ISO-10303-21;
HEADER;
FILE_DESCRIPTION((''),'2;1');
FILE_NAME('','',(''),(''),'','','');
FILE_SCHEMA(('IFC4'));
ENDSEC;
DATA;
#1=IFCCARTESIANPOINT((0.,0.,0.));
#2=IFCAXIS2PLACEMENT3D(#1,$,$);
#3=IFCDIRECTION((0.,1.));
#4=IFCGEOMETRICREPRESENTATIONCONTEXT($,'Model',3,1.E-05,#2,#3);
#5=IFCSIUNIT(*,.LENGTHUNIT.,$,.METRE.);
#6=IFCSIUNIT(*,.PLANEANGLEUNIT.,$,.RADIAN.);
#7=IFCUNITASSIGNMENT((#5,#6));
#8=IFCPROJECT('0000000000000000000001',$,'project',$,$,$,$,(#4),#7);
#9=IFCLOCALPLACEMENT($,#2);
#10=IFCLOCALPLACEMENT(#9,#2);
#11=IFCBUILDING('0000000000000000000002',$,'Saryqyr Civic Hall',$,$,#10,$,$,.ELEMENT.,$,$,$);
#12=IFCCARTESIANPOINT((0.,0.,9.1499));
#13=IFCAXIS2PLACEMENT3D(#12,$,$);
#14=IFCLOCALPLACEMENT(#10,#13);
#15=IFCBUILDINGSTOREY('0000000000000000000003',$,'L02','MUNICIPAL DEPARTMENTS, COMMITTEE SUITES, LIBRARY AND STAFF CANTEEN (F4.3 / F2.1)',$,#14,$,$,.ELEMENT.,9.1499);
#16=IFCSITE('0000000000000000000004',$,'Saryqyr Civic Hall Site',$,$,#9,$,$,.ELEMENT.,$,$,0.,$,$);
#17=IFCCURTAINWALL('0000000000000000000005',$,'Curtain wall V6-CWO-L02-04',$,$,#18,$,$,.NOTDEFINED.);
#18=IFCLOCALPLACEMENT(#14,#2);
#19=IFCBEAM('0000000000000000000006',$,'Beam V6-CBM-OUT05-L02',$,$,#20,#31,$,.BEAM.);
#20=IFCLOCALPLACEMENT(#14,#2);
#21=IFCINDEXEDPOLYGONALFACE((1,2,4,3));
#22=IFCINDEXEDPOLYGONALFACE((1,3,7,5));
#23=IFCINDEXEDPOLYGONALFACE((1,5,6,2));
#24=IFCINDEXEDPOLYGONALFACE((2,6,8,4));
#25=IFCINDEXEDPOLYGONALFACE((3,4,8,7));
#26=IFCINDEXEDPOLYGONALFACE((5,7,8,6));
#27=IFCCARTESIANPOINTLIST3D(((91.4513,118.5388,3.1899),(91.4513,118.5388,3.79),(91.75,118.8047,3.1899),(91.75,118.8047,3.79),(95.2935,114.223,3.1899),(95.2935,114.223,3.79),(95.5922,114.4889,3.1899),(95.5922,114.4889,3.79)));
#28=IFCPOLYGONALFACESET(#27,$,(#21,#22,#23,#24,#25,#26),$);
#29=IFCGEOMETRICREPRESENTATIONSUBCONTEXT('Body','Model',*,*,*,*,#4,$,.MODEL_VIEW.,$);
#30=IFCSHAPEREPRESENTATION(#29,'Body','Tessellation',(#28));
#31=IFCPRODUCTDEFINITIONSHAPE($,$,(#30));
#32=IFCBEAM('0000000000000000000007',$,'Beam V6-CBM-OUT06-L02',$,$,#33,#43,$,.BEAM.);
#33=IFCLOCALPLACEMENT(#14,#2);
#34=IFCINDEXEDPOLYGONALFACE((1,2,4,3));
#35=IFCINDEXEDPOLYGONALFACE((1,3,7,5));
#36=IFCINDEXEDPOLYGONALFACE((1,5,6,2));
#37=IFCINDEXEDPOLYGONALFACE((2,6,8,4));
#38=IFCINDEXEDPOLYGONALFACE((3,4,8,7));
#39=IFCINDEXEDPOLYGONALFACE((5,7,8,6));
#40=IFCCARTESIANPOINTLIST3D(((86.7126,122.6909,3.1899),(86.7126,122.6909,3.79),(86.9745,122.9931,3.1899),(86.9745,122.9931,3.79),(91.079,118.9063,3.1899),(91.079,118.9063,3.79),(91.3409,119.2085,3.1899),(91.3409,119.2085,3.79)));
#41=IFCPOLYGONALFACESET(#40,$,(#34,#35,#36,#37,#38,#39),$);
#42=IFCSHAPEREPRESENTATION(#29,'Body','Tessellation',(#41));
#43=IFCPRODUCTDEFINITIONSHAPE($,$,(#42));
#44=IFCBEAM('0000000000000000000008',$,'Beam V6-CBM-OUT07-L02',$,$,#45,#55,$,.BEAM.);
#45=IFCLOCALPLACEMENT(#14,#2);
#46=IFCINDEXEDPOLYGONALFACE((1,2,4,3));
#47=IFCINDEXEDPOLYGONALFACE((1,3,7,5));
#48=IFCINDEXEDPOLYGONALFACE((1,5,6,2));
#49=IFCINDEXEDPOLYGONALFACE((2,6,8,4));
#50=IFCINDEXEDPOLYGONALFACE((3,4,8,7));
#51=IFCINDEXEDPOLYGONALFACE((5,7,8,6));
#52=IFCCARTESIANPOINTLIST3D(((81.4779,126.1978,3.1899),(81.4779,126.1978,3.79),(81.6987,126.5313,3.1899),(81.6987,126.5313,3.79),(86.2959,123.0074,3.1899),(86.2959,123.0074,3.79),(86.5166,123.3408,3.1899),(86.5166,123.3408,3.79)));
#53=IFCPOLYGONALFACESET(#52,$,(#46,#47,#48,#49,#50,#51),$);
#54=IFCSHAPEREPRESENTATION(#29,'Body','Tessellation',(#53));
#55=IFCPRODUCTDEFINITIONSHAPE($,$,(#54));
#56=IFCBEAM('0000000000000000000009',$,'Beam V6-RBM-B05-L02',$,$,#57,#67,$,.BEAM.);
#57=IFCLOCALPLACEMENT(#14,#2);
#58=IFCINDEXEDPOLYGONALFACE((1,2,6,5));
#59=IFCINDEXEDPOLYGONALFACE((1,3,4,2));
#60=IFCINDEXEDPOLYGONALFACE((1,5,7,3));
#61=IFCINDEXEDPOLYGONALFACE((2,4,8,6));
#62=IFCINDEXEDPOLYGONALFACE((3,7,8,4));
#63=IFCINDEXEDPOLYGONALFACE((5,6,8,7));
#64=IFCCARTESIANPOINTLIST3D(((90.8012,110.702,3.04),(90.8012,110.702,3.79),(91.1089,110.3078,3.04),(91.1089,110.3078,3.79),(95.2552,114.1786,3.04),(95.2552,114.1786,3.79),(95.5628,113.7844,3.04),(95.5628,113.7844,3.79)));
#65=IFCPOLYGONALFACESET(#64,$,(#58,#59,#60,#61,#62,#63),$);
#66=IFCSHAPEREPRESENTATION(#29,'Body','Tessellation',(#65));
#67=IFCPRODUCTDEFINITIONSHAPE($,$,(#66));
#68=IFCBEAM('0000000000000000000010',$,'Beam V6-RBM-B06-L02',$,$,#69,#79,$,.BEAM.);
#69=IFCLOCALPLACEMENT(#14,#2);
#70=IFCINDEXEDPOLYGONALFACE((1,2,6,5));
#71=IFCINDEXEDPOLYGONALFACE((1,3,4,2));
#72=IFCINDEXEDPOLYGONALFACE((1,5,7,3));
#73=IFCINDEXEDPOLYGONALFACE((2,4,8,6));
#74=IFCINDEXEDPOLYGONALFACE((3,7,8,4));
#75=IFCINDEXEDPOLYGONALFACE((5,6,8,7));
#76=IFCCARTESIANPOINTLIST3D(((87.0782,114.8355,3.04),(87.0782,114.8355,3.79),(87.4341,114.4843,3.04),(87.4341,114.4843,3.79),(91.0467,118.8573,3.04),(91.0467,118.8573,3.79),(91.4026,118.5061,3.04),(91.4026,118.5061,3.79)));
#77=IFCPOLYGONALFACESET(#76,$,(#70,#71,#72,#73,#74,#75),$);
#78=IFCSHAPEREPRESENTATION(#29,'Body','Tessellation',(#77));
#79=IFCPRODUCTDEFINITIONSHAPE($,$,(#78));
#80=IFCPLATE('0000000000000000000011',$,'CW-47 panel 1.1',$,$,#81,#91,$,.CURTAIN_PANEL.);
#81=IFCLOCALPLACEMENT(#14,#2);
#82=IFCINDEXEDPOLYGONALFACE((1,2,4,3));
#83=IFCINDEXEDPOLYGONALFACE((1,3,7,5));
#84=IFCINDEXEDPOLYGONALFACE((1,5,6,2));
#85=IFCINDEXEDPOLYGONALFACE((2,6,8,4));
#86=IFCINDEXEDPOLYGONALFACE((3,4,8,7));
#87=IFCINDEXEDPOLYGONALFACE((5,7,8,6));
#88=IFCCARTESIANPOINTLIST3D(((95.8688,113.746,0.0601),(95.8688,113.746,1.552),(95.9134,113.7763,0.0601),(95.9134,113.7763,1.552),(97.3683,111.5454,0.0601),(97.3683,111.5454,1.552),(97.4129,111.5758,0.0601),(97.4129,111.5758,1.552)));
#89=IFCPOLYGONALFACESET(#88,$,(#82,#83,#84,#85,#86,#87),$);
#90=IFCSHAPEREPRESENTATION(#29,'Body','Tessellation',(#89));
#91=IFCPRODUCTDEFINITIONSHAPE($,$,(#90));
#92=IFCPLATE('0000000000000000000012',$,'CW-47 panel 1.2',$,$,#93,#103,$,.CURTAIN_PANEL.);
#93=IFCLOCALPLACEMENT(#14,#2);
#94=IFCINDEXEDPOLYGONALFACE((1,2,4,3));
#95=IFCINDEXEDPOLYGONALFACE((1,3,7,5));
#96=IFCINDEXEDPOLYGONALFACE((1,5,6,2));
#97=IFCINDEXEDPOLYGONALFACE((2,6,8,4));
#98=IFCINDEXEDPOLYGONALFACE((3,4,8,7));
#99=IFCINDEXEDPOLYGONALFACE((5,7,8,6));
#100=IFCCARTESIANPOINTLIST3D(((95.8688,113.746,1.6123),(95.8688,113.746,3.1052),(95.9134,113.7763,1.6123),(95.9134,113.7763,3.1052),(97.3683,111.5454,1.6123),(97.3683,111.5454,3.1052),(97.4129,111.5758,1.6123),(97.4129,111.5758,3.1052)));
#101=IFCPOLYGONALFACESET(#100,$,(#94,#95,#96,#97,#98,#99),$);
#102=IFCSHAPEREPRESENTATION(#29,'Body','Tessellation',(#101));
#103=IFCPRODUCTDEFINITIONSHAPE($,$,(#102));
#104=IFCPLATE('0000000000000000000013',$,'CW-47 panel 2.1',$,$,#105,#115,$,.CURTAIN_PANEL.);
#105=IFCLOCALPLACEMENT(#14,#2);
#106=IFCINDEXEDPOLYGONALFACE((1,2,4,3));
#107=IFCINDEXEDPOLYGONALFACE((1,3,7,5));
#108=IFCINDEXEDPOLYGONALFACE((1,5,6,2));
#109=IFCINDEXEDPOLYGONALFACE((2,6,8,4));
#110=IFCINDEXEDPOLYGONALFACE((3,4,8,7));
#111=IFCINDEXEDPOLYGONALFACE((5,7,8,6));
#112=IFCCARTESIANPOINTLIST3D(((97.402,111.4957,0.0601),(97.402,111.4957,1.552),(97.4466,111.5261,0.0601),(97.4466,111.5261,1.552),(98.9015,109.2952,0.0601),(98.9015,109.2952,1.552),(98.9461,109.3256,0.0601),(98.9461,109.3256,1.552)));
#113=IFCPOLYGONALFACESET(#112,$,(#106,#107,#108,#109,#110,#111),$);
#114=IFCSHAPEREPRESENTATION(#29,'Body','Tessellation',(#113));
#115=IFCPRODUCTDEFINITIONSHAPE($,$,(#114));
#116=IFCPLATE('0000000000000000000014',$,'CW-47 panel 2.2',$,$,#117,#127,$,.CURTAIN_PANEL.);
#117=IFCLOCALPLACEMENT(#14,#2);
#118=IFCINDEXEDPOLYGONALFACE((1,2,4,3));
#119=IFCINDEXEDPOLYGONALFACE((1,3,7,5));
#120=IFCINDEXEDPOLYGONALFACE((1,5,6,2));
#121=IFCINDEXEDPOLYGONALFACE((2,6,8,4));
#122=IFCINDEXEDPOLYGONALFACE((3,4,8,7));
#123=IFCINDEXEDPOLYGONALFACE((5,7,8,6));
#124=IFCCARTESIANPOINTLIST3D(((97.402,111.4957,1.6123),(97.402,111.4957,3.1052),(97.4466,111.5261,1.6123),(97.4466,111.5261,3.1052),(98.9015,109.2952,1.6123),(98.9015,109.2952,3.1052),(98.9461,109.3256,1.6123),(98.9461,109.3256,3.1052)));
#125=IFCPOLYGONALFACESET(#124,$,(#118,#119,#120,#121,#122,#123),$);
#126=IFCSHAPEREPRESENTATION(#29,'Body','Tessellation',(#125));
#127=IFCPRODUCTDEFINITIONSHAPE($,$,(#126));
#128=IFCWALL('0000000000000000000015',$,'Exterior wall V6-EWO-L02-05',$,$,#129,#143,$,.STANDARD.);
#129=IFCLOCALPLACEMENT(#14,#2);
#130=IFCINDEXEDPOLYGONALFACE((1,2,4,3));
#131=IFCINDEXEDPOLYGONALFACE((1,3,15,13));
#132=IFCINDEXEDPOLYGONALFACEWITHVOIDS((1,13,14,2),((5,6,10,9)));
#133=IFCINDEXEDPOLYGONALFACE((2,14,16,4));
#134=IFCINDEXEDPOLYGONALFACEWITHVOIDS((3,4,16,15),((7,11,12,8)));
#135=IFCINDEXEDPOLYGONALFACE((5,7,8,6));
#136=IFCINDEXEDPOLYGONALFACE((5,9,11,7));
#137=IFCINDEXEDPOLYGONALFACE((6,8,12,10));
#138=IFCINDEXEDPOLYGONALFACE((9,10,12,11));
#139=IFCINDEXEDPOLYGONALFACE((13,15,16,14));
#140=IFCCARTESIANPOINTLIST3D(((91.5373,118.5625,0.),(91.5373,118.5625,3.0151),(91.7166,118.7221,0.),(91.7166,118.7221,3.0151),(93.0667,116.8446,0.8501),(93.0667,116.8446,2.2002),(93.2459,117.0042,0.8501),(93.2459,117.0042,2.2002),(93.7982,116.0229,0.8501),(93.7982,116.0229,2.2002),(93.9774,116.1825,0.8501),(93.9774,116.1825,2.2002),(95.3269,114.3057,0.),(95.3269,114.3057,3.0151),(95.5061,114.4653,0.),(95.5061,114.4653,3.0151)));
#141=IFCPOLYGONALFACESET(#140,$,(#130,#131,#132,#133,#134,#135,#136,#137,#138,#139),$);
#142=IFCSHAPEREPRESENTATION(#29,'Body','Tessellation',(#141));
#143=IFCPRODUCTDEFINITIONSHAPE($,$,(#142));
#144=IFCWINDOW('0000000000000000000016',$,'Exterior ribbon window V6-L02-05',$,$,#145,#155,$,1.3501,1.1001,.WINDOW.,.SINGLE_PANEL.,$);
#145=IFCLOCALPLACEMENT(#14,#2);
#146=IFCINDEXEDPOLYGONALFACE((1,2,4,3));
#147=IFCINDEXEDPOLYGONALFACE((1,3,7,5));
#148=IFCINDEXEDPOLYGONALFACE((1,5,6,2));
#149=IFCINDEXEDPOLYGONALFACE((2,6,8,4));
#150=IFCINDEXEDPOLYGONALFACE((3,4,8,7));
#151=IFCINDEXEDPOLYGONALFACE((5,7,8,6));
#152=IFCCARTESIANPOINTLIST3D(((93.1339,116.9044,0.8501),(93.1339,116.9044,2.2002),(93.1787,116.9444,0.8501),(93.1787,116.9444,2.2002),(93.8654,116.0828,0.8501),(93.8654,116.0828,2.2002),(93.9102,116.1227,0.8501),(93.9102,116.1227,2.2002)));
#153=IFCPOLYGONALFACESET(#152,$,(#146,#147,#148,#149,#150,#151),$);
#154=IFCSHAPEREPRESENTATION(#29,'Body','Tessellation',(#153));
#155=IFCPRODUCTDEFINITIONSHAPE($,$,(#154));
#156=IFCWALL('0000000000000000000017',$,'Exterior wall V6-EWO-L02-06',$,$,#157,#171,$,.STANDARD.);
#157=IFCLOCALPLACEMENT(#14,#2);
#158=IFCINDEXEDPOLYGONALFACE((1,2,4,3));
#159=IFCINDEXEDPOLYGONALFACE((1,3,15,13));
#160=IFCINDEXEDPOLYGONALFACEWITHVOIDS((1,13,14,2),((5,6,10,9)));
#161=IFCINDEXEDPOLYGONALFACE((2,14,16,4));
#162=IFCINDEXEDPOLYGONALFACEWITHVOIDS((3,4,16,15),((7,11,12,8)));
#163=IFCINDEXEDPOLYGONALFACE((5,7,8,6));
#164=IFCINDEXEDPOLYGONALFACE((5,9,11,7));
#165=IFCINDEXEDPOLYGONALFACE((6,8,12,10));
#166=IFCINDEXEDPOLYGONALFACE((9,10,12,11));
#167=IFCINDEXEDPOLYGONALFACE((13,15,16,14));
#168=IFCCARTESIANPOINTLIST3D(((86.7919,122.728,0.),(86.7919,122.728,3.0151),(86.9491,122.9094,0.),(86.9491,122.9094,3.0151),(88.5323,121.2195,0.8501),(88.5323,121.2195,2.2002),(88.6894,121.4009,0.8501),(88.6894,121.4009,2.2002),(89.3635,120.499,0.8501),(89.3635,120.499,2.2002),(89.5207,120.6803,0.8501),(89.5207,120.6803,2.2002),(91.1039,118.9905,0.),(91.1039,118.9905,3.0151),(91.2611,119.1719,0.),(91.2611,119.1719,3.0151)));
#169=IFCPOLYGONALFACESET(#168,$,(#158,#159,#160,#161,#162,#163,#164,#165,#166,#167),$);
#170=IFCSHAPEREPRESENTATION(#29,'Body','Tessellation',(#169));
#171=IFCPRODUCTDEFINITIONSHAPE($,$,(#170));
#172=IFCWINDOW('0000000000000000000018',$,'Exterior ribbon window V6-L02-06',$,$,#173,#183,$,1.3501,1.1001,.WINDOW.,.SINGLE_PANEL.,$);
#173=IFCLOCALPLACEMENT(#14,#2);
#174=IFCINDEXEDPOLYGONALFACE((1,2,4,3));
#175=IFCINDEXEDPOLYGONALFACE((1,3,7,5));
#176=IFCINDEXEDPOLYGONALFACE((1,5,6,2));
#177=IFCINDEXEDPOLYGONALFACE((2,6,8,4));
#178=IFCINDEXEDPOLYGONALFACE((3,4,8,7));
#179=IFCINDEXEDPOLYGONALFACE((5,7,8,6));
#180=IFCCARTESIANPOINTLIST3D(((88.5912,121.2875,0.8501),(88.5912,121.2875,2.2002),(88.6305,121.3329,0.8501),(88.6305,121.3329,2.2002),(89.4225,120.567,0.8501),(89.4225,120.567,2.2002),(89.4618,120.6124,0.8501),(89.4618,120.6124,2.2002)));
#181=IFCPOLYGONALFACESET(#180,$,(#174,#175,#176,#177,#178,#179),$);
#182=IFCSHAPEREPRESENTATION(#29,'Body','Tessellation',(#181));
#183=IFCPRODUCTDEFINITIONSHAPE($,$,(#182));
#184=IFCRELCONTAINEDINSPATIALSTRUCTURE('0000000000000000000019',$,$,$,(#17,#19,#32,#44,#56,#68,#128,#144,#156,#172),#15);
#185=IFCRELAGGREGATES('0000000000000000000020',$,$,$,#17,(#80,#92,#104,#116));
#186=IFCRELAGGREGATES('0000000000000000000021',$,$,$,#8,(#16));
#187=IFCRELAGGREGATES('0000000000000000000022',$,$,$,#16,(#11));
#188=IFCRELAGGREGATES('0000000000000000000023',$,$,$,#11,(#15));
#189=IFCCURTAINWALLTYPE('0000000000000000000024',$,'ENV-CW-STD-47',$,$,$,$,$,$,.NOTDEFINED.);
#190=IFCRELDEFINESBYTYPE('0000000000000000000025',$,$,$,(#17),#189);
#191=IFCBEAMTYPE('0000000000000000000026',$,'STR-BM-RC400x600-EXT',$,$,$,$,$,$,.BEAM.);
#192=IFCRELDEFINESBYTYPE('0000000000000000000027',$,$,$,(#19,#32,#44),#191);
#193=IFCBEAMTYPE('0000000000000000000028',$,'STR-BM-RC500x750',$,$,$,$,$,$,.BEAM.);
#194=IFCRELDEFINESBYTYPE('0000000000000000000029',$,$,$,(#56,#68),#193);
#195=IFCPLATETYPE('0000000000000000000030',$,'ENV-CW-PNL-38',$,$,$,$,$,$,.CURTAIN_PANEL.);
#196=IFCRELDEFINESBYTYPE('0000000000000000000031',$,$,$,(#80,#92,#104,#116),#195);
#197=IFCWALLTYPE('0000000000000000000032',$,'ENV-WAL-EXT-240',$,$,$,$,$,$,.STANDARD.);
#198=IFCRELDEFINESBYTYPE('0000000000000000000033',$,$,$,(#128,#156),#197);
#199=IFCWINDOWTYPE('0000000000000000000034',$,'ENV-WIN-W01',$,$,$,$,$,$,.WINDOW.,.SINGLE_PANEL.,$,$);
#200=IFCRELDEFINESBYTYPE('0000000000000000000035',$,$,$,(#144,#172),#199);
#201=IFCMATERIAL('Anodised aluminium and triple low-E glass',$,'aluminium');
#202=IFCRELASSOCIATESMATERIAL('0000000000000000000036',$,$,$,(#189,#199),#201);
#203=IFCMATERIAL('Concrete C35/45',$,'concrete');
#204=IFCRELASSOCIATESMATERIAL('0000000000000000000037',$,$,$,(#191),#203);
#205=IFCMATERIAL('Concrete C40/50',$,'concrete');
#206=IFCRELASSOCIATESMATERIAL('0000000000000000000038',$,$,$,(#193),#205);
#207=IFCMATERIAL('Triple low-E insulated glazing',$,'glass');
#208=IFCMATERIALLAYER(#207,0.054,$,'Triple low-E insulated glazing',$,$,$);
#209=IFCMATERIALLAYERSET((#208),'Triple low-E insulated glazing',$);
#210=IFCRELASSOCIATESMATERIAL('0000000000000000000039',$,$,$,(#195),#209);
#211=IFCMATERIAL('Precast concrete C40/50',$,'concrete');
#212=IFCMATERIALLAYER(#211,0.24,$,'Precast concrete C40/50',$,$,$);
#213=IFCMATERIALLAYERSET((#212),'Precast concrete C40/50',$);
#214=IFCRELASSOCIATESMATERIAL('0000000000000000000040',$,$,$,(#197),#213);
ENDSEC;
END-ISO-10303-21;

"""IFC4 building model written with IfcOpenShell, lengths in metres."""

from ifc_helpers import new_model, si_unit, direction, frame, frame_2d, origin, origin_2d, place, context, subcontext, project, spatial, rectangle, extrude, material, layer, layer_set, material_profile, profile_set, type_object, element, fill, aggregate, save


model = new_model("IFC4")

# Units and contexts
model_context = context("Model", 3, precision=1e-05, world=origin(), true_north=direction((0.0, 1.0)))
body_context = subcontext(model_context, "Body", "Model", "MODEL_VIEW")
ifc_project = project(units=[si_unit("LENGTHUNIT", "METRE"), si_unit("PLANEANGLEUNIT", "RADIAN")], contexts=[model_context])

# Site, building, storey
site_placement = place(None, origin())
site = spatial("IfcSite", under=ifc_project, at=site_placement, Name="Saryqyr Civic Hall Site", CompositionType="ELEMENT", RefElevation=0.0)
building_placement = place(site_placement, origin())
building = spatial("IfcBuilding", under=site, at=building_placement, Name="Saryqyr Civic Hall", CompositionType="ELEMENT")
storey_placement = place(building_placement, frame((0.0, 0.0, 9.1499)))
storey = spatial("IfcBuildingStorey", under=building, at=storey_placement, Name="L02", Description="MUNICIPAL DEPARTMENTS, COMMITTEE SUITES, LIBRARY AND STAFF CANTEEN (F4.3 / F2.1)", CompositionType="ELEMENT", Elevation=9.1499)

# Shared definitions
ifc_material_1 = material(Name="Concrete C40/50", Category="concrete")

# Curtain wall
ifc_material_2 = material(Name="Anodised aluminium and triple low-E glass", Category="aluminium")
curtain_wall_type = type_object("IfcCurtainWallType", Name="ENV-CW-STD-47", PredefinedType="NOTDEFINED", material=ifc_material_2)
curtain_wall_placement = place(storey_placement, origin())
curtain_wall = element("IfcCurtainWall", 1, at=curtain_wall_placement, inside=storey, type_object=curtain_wall_type, Name="Curtain wall V6-CWO-L02-04", PredefinedType="NOTDEFINED")

# Beams
ifc_material_3 = material(Name="Concrete C35/45", Category="concrete")
ifc_material_profile_1 = material_profile(ifc_material_3, rectangle(XDim=0.3999, YDim=0.6001, at=origin_2d()), Name="RC 400x600")
ifc_profile_set_1 = profile_set([ifc_material_profile_1], Name="Concrete C35/45")
beam_type_1 = type_object("IfcBeamType", Name="STR-BM-RC400x600-EXT", PredefinedType="BEAM", material=ifc_profile_set_1)
for number, where, z_axis, x_axis, name in (
    (2, (95.4429, 114.356, 3.49), (-0.664935, 0.746901, 0.0), (-0.746901, -0.664935, 0.0), "Beam V6-CBM-OUT05-L02"),
    (3, (91.21, 119.0574, 3.49), (-0.755654, 0.654971, 0.0), (-0.654971, -0.755654, 0.0), "Beam V6-CBM-OUT06-L02"),
):
    element("IfcBeam", number, at=place(storey_placement, frame(where, z_axis=z_axis, x_axis=x_axis)), inside=storey, type_object=beam_type_1, Name=name, PredefinedType="BEAM", context=body_context, shape_type="SweptSolid", body=[
        extrude(rectangle(XDim=0.3999, YDim=0.6001, at=origin_2d()), origin(), (0.0, 0.0, 1.0), 5.7783),
    ])
beam_1_placement = place(storey_placement, frame((86.4062, 123.1741, 3.49), z_axis=(-0.833762, 0.552124, 0.0), x_axis=(-0.552124, -0.833762, 0.0)))
element("IfcBeam", 4, at=beam_1_placement, inside=storey, type_object=beam_type_1, Name="Beam V6-CBM-OUT07-L02", PredefinedType="BEAM", context=body_context, shape_type="SweptSolid", body=[
    extrude(rectangle(XDim=0.3999, YDim=0.6001, at=origin_2d()), origin(), (0.0, 0.0, 1.0), 5.7786),
])
ifc_material_profile_2 = material_profile(ifc_material_1, rectangle(XDim=0.5, YDim=0.75, at=origin_2d()), Name="RC 500x750")
ifc_profile_set_2 = profile_set([ifc_material_profile_2], Name="Concrete C40/50")
beam_type_2 = type_object("IfcBeamType", Name="STR-BM-RC500x750", PredefinedType="BEAM", material=ifc_profile_set_2)
for number, where, z_axis, x_axis, name in (
    (5, (90.9551, 110.5049, 3.415), (0.788283, 0.615313, 0.0), (-0.615313, 0.788283, 0.0), "Beam V6-RBM-B05-L02"),
    (6, (87.2561, 114.6599, 3.415), (0.702381, 0.711801, 0.0), (-0.711801, 0.702381, 0.0), "Beam V6-RBM-B06-L02"),
):
    element("IfcBeam", number, at=place(storey_placement, frame(where, z_axis=z_axis, x_axis=x_axis)), inside=storey, type_object=beam_type_2, Name=name, PredefinedType="BEAM", context=body_context, shape_type="SweptSolid", body=[
        extrude(rectangle(XDim=0.5, YDim=0.75, at=origin_2d()), origin(), (0.0, 0.0, 1.0), 5.6501),
    ])

# Plates
ifc_material_4 = material(Name="Triple low-E insulated glazing", Category="glass")
ifc_layer_1 = layer(ifc_material_4, 0.054, Name="Triple low-E insulated glazing")
ifc_layer_set_1 = layer_set([ifc_layer_1], Name="Triple low-E insulated glazing")
plate_type = type_object("IfcPlateType", Name="ENV-CW-PNL-38", PredefinedType="CURTAIN_PANEL", material=ifc_layer_set_1)
plate_1_placement = place(storey_placement, frame((96.6409, 112.6609, 0.0601), z_axis=(0.0, 0.0, 1.0), x_axis=(0.563118, -0.826377, 0.0)))
plate_1 = element("IfcPlate", 7, at=plate_1_placement, type_object=plate_type, Name="CW-47 panel 1.1", PredefinedType="CURTAIN_PANEL", context=body_context, shape_type="SweptSolid", body=[
    extrude(rectangle(XDim=2.6628, YDim=0.054, at=origin_2d()), origin(), (0.0, 0.0, 1.0), 1.4919),
])
plate_2_placement = place(storey_placement, frame((96.6409, 112.6609, 1.6123), z_axis=(0.0, 0.0, 1.0), x_axis=(0.563118, -0.826377, 0.0)))
plate_2 = element("IfcPlate", 8, at=plate_2_placement, type_object=plate_type, Name="CW-47 panel 1.2", PredefinedType="CURTAIN_PANEL", context=body_context, shape_type="SweptSolid", body=[
    extrude(rectangle(XDim=2.6628, YDim=0.054, at=origin_2d()), origin(), (0.0, 0.0, 1.0), 1.4929),
])
plate_3_placement = place(storey_placement, frame((98.1741, 110.4106, 0.0601), z_axis=(0.0, 0.0, 1.0), x_axis=(0.563118, -0.826377, 0.0)))
plate_3 = element("IfcPlate", 9, at=plate_3_placement, type_object=plate_type, Name="CW-47 panel 2.1", PredefinedType="CURTAIN_PANEL", context=body_context, shape_type="SweptSolid", body=[
    extrude(rectangle(XDim=2.6628, YDim=0.054, at=origin_2d()), origin(), (0.0, 0.0, 1.0), 1.4919),
])
plate_4_placement = place(storey_placement, frame((98.1741, 110.4106, 1.6123), z_axis=(0.0, 0.0, 1.0), x_axis=(0.563118, -0.826377, 0.0)))
plate_4 = element("IfcPlate", 10, at=plate_4_placement, type_object=plate_type, Name="CW-47 panel 2.2", PredefinedType="CURTAIN_PANEL", context=body_context, shape_type="SweptSolid", body=[
    extrude(rectangle(XDim=2.6628, YDim=0.054, at=origin_2d()), origin(), (0.0, 0.0, 1.0), 1.4929),
])
aggregate(curtain_wall, [plate_1, plate_2, plate_3, plate_4])

# Walls, openings, windows
ifc_material_5 = material(Name="Precast concrete C40/50", Category="concrete")
ifc_layer_2 = layer(ifc_material_5, 0.24, Name="Precast concrete C40/50")
ifc_layer_set_2 = layer_set([ifc_layer_2], Name="Precast concrete C40/50")
wall_type_1 = type_object("IfcWallType", Name="ENV-WAL-EXT-240", PredefinedType="STANDARD", material=ifc_layer_set_2)
wall_1_placement = place(storey_placement, frame((91.627, 118.6423, 0.0), z_axis=(0.0, 0.0, 1.0), x_axis=(0.664922, -0.746913, 0.0)))
wall_1 = element("IfcWall", 11, at=wall_1_placement, inside=storey, type_object=wall_type_1, Name="Exterior wall V6-EWO-L02-05", PredefinedType="STANDARD", context=body_context, shape_type="SweptSolid", body=[
    extrude(rectangle(XDim=5.6992, YDim=0.24, at=frame_2d((2.8496, 0.0))), origin(), (0.0, 0.0, 1.0), 3.0151),
])
opening_1_placement = place(wall_1_placement, frame((2.3, 0.0, 0.8501)))
opening_1 = element("IfcOpeningElement", 12, at=opening_1_placement, cuts=wall_1, PredefinedType="OPENING", context=body_context, shape_type="SweptSolid", body=[
    extrude(rectangle(XDim=1.1001, YDim=1.3501, at=frame_2d((0.55, 0.675))), frame((0.0, 0.1299, 0.0), z_axis=(0.0, -1.0, 0.0), x_axis=(1.0, 0.0, 0.0)), (0.0, 0.0, 1.0), 0.26),
])
window_type = type_object("IfcWindowType", Name="ENV-WIN-W01", PartitioningType="SINGLE_PANEL", PredefinedType="WINDOW", material=ifc_material_2)
window_1_placement = place(opening_1_placement, origin())
window_1 = element("IfcWindow", 13, at=window_1_placement, inside=storey, type_object=window_type, Name="Exterior ribbon window V6-L02-05", OverallHeight=1.3501, OverallWidth=1.1001, PartitioningType="SINGLE_PANEL", PredefinedType="WINDOW", context=body_context, shape_type="SweptSolid", body=[
    extrude(rectangle(XDim=1.1001, YDim=1.3501, at=frame_2d((0.55, 0.675))), frame((0.0, 0.03, 0.0), z_axis=(0.0, -1.0, 0.0), x_axis=(1.0, 0.0, 0.0)), (0.0, 0.0, 1.0), 0.0601),
])
fill(opening_1, window_1)
wall_2_placement = place(storey_placement, frame((86.8706, 122.8186, 0.0), z_axis=(0.0, 0.0, 1.0), x_axis=(0.755648, -0.654978, 0.0)))
wall_2 = element("IfcWall", 14, at=wall_2_placement, inside=storey, type_object=wall_type_1, Name="Exterior wall V6-EWO-L02-06", PredefinedType="STANDARD", context=body_context, shape_type="SweptSolid", body=[
    extrude(rectangle(XDim=5.7063, YDim=0.24, at=frame_2d((2.853, 0.0))), origin(), (0.0, 0.0, 1.0), 3.0151),
])
opening_2_placement = place(wall_2_placement, frame((2.303, 0.0, 0.8501)))
opening_2 = element("IfcOpeningElement", 15, at=opening_2_placement, cuts=wall_2, PredefinedType="OPENING", context=body_context, shape_type="SweptSolid", body=[
    extrude(rectangle(XDim=1.1001, YDim=1.3501, at=frame_2d((0.55, 0.675))), frame((0.0, 0.1299, 0.0), z_axis=(0.0, -1.0, 0.0), x_axis=(1.0, 0.0, 0.0)), (0.0, 0.0, 1.0), 0.26),
])
window_2_placement = place(opening_2_placement, origin())
window_2 = element("IfcWindow", 16, at=window_2_placement, inside=storey, type_object=window_type, Name="Exterior ribbon window V6-L02-06", OverallHeight=1.3501, OverallWidth=1.1001, PartitioningType="SINGLE_PANEL", PredefinedType="WINDOW", context=body_context, shape_type="SweptSolid", body=[
    extrude(rectangle(XDim=1.1001, YDim=1.3501, at=frame_2d((0.55, 0.675))), frame((0.0, 0.03, 0.0), z_axis=(0.0, -1.0, 0.0), x_axis=(1.0, 0.0, 0.0)), (0.0, 0.0, 1.0), 0.0601),
])
fill(opening_2, window_2)

save(model, "model.ifc")
